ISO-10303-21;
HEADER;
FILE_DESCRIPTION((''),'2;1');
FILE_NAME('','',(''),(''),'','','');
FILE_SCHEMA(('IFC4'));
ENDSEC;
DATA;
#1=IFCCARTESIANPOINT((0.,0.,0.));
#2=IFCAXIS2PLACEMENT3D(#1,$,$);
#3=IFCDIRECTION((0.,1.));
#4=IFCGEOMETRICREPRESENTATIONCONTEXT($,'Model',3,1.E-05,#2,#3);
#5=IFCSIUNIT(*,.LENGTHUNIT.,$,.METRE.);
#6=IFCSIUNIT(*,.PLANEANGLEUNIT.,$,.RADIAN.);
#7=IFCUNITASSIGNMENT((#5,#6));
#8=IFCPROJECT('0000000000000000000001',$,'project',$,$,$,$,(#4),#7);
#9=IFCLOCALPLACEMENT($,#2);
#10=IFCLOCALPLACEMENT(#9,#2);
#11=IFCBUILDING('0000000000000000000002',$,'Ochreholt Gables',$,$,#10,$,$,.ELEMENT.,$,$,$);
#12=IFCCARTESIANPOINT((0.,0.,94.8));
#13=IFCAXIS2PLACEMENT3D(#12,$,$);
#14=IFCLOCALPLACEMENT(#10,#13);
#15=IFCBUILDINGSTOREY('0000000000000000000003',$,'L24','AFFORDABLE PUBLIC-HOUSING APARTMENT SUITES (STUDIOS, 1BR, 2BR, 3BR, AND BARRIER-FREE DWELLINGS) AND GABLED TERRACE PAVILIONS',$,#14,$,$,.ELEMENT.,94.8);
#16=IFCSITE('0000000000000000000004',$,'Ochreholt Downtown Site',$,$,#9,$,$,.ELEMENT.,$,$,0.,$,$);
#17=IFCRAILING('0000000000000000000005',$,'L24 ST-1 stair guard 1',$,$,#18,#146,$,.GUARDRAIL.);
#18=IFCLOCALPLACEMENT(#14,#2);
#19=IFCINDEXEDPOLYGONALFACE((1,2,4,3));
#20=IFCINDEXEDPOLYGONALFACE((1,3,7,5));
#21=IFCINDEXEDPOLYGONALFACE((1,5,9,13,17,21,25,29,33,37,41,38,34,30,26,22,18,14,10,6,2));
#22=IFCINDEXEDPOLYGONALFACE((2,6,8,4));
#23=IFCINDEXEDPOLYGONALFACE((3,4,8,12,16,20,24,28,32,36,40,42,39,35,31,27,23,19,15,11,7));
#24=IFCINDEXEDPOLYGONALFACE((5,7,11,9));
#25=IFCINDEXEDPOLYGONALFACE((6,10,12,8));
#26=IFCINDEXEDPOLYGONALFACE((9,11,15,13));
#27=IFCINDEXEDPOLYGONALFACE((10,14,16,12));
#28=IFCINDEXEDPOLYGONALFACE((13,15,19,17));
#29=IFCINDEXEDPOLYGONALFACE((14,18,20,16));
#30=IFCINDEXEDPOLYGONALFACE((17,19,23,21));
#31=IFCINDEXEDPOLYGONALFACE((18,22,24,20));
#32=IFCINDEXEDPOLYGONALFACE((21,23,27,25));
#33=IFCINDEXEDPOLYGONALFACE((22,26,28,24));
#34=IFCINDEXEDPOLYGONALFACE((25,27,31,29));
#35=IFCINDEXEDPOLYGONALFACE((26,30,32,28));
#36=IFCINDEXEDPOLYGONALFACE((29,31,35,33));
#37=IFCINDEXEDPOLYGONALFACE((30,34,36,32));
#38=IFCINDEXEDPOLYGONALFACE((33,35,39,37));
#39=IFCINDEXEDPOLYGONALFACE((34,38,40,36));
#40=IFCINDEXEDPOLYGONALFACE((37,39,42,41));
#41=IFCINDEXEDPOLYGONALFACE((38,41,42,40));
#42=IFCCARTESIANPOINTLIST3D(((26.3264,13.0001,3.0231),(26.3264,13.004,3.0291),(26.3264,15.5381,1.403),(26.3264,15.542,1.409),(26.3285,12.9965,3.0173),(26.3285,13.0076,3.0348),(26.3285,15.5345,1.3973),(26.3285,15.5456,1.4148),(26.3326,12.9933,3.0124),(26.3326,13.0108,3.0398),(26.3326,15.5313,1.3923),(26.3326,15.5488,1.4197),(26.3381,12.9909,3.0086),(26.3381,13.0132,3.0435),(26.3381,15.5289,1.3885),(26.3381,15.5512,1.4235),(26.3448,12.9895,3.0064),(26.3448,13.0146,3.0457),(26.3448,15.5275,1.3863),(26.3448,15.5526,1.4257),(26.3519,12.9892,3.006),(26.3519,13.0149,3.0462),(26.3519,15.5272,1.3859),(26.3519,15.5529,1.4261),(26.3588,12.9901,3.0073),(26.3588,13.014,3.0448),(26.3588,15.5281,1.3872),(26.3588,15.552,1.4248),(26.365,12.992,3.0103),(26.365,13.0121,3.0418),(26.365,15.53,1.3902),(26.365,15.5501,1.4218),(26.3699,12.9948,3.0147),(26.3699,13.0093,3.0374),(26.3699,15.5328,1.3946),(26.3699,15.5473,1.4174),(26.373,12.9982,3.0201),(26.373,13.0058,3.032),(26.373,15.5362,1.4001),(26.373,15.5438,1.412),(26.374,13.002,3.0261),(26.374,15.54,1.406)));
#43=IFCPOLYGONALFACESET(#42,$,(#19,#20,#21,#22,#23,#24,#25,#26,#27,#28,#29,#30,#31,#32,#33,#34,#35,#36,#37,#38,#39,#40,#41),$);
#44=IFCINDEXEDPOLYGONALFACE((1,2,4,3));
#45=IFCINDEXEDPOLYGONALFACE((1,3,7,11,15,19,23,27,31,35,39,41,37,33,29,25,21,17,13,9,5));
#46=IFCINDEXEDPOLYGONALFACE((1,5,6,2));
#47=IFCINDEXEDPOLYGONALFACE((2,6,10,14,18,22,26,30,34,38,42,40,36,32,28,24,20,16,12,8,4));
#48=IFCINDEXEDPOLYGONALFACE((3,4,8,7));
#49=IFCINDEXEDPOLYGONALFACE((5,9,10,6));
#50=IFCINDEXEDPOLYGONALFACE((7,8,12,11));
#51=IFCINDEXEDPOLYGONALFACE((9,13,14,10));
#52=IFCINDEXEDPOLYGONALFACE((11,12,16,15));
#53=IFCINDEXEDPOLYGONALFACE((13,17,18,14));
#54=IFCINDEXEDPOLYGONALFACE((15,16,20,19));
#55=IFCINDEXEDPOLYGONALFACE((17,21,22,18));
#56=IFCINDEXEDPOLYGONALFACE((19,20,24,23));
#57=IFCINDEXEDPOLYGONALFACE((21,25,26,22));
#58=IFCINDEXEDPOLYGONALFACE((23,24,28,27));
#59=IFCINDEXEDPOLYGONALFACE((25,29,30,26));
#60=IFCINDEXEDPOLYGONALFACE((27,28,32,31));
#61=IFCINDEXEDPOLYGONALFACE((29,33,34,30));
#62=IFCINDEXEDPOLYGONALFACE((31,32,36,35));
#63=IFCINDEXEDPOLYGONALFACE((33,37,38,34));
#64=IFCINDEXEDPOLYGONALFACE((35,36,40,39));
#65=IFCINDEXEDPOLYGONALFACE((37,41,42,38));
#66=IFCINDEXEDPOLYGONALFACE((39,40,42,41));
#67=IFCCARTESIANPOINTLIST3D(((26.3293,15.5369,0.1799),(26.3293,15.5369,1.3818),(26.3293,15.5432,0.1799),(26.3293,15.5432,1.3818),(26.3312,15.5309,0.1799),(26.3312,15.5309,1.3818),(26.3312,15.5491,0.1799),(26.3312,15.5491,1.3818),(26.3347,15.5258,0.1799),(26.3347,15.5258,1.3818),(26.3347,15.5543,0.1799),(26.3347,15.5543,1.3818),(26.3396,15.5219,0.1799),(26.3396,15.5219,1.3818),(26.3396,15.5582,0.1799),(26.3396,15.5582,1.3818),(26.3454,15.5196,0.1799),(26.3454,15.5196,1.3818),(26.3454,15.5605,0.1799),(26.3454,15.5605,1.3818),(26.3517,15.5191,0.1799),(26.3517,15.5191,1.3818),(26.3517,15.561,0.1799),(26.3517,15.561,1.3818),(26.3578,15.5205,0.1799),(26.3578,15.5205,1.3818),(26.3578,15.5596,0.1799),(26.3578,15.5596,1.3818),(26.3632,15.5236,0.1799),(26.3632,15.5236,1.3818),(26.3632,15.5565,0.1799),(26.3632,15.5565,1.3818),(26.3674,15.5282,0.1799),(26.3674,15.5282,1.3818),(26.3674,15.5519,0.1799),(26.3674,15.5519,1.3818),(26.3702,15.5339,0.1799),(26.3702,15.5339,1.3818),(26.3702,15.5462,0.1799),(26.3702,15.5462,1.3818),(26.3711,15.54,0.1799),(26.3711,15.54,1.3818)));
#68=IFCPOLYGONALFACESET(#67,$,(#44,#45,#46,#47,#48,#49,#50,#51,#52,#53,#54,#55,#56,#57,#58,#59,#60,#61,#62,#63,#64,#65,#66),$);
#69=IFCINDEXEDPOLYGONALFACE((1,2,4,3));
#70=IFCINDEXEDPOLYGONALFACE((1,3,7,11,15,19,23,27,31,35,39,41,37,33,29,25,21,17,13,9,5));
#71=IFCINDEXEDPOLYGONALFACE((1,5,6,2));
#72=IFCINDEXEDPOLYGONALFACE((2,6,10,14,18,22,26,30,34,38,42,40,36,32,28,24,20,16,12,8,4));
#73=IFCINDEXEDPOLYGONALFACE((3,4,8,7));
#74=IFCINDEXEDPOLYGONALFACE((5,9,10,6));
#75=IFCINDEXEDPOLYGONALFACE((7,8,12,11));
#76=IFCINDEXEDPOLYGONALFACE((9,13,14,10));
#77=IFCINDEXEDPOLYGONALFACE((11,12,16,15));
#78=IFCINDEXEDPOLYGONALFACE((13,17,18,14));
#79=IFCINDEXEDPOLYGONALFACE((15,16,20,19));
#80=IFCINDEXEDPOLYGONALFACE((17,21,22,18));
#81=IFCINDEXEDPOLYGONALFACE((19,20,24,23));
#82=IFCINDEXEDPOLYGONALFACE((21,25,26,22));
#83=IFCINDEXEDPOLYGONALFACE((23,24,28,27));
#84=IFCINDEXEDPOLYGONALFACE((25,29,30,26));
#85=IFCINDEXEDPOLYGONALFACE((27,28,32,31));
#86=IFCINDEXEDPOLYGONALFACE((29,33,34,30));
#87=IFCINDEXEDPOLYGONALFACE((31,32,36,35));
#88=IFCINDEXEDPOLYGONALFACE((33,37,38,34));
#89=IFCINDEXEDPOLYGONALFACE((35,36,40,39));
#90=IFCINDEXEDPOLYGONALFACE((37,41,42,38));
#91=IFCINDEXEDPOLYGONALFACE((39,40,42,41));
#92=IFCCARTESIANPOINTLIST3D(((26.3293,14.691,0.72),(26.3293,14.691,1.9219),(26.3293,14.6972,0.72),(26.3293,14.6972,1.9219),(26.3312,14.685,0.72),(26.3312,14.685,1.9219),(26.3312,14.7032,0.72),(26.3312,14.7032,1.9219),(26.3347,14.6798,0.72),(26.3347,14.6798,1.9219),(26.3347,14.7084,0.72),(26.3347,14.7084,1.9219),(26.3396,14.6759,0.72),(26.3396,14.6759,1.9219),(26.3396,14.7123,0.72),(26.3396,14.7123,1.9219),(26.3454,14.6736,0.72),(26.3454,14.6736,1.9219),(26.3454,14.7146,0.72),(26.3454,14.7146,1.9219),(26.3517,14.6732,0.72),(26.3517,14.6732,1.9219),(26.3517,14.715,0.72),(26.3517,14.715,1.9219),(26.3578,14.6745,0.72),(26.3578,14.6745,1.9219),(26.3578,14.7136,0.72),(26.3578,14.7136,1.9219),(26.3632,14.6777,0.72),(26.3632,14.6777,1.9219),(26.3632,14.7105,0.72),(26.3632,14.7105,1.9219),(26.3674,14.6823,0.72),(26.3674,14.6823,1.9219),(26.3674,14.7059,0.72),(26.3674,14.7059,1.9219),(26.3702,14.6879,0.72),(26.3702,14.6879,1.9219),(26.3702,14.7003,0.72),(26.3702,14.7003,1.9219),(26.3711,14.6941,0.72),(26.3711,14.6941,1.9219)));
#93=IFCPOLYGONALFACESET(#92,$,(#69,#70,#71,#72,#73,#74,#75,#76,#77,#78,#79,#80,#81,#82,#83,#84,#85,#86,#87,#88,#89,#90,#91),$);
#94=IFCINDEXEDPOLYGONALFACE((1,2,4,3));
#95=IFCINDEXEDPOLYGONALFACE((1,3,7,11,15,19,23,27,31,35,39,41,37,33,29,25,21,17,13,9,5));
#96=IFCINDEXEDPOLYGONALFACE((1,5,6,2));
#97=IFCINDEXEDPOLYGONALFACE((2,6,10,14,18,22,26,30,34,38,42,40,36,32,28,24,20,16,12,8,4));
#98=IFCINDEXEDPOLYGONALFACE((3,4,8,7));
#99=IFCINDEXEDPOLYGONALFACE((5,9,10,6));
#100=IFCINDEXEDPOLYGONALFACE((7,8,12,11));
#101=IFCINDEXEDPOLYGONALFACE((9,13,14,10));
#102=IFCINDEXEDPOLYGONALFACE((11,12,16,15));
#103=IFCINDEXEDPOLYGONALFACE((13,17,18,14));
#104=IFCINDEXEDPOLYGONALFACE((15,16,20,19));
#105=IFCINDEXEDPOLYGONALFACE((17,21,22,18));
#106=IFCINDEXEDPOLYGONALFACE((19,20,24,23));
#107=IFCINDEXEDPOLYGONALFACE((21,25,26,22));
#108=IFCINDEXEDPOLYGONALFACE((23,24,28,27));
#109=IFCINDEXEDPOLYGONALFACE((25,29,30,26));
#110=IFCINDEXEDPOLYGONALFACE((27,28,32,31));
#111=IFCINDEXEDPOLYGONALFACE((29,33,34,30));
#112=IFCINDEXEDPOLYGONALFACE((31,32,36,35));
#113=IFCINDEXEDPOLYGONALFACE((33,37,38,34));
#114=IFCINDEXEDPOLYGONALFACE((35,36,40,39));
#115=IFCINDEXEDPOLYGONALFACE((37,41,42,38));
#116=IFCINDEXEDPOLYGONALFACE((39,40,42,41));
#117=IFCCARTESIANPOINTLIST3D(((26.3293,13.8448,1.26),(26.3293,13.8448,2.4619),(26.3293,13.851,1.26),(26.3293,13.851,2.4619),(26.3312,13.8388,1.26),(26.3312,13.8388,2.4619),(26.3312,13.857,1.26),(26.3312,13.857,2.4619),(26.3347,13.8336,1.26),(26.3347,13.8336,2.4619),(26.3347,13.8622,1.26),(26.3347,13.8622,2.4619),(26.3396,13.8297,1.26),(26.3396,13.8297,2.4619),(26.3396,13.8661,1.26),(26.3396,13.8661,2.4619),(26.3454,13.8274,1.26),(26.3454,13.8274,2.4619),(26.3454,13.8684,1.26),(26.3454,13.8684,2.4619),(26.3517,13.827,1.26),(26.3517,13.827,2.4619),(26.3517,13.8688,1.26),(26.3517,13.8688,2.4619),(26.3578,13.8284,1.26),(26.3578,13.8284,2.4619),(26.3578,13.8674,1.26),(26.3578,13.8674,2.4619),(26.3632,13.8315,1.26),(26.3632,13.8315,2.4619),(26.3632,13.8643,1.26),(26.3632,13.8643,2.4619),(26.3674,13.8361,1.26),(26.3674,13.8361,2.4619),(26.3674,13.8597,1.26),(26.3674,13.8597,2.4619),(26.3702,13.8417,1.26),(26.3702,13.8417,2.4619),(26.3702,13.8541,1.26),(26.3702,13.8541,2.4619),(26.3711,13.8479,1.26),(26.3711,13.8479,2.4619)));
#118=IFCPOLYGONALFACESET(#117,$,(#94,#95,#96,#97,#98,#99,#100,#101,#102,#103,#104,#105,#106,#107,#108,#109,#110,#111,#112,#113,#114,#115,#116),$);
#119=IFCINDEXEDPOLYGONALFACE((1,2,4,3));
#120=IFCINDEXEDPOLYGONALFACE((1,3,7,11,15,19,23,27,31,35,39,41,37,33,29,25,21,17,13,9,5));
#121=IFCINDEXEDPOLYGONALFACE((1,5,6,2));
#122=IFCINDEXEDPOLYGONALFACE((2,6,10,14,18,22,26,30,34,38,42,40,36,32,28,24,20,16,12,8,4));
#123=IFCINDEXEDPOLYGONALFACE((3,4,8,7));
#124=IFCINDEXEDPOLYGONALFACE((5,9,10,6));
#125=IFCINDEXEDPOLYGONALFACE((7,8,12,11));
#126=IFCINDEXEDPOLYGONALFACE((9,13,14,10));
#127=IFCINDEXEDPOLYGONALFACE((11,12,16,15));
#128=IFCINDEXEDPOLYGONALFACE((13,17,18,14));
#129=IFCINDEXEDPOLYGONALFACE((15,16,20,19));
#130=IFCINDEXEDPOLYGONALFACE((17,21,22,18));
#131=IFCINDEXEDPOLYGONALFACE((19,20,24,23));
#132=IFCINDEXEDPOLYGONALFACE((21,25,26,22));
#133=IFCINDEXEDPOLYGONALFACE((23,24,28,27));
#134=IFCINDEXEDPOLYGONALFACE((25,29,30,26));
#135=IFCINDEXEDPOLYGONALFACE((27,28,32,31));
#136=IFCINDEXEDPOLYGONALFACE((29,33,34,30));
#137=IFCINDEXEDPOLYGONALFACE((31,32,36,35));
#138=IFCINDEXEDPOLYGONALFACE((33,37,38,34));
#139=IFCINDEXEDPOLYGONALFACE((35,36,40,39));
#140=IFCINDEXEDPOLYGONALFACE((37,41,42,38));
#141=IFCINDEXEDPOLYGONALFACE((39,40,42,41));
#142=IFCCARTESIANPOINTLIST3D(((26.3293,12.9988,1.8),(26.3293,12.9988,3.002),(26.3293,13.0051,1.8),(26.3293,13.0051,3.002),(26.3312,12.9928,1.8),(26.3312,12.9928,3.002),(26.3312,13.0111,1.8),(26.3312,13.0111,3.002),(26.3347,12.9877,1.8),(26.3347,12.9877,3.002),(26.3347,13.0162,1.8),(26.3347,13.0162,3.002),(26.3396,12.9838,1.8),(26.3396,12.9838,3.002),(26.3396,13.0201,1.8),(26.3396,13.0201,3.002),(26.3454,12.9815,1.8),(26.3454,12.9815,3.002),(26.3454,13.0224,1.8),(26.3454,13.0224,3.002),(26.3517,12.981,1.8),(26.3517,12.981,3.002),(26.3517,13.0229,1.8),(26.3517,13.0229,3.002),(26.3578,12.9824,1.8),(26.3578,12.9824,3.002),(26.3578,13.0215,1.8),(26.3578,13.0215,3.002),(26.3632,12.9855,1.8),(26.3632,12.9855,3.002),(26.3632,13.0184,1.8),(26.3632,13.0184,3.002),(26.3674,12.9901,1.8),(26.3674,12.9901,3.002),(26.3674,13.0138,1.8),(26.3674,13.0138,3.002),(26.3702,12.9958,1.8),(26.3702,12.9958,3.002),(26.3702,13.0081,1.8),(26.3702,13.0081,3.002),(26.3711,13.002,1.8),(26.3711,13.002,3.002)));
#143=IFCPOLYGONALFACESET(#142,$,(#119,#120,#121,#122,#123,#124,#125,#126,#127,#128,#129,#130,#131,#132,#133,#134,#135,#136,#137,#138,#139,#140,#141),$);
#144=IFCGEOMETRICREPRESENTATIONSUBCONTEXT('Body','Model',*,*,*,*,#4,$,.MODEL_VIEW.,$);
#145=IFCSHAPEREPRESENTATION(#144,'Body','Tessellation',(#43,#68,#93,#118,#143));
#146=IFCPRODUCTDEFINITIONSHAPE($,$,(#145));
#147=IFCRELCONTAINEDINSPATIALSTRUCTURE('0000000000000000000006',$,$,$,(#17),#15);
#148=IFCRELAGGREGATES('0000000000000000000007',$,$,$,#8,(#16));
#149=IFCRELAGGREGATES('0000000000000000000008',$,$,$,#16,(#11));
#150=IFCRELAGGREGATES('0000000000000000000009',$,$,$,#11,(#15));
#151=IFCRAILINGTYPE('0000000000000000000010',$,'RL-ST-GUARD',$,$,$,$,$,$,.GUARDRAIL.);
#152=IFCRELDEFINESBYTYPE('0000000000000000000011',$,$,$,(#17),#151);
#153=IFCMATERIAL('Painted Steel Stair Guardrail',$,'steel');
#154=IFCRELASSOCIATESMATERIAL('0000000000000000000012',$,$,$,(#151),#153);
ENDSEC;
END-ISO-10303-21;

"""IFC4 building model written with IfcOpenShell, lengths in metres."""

from ifc_helpers import new_model, si_unit, direction, frame, origin, origin_2d, place, context, subcontext, project, spatial, circle, extrude, material, type_object, element, save


model = new_model("IFC4")

# Units and contexts
model_context = context("Model", 3, precision=1e-05, world=origin(), true_north=direction((0.0, 1.0)))
body_context = subcontext(model_context, "Body", "Model", "MODEL_VIEW")
ifc_project = project(units=[si_unit("LENGTHUNIT", "METRE"), si_unit("PLANEANGLEUNIT", "RADIAN")], contexts=[model_context])

# Site, building, storey
site_placement = place(None, origin())
site = spatial("IfcSite", under=ifc_project, at=site_placement, Name="Ochreholt Downtown Site", CompositionType="ELEMENT", RefElevation=0.0)
building_placement = place(site_placement, origin())
building = spatial("IfcBuilding", under=site, at=building_placement, Name="Ochreholt Gables", CompositionType="ELEMENT")
storey_placement = place(building_placement, frame((0.0, 0.0, 94.8)))
storey = spatial("IfcBuildingStorey", under=building, at=storey_placement, Name="L24", Description="AFFORDABLE PUBLIC-HOUSING APARTMENT SUITES (STUDIOS, 1BR, 2BR, 3BR, AND BARRIER-FREE DWELLINGS) AND GABLED TERRACE PAVILIONS", CompositionType="ELEMENT", Elevation=94.8)

# Railing
ifc_material_1 = material(Name="Painted Steel Stair Guardrail", Category="steel")
railing_type_1 = type_object("IfcRailingType", Name="RL-ST-GUARD", PredefinedType="GUARDRAIL", material=ifc_material_1)
railing_1_placement = place(storey_placement, frame((26.3501, 15.54, 0.1799)))
element("IfcRailing", 1, at=railing_1_placement, inside=storey, type_object=railing_type_1, Name="L24 ST-1 stair guard 1", PredefinedType="GUARDRAIL", context=body_context, shape_type="SweptSolid", body=[
    extrude(circle(Radius=0.0239, at=origin_2d()), frame((0.0, 0.0, 1.2261), z_axis=(0.0, -0.842913, 0.53805), x_axis=(1.0, 0.0, 0.0)), (0.0, 0.0, 1.0), 3.011),
    extrude(circle(Radius=0.021, at=origin_2d()), origin(), (0.0, 0.0, 1.0), 1.2019),
    extrude(circle(Radius=0.021, at=origin_2d()), frame((0.0, -0.8459, 0.54)), (0.0, 0.0, 1.0), 1.2019),
    extrude(circle(Radius=0.021, at=origin_2d()), frame((0.0, -1.6921, 1.0801)), (0.0, 0.0, 1.0), 1.2019),
    extrude(circle(Radius=0.021, at=origin_2d()), frame((0.0, -2.5381, 1.6201)), (0.0, 0.0, 1.0), 1.2019),
])

save(model, "model.ifc")
